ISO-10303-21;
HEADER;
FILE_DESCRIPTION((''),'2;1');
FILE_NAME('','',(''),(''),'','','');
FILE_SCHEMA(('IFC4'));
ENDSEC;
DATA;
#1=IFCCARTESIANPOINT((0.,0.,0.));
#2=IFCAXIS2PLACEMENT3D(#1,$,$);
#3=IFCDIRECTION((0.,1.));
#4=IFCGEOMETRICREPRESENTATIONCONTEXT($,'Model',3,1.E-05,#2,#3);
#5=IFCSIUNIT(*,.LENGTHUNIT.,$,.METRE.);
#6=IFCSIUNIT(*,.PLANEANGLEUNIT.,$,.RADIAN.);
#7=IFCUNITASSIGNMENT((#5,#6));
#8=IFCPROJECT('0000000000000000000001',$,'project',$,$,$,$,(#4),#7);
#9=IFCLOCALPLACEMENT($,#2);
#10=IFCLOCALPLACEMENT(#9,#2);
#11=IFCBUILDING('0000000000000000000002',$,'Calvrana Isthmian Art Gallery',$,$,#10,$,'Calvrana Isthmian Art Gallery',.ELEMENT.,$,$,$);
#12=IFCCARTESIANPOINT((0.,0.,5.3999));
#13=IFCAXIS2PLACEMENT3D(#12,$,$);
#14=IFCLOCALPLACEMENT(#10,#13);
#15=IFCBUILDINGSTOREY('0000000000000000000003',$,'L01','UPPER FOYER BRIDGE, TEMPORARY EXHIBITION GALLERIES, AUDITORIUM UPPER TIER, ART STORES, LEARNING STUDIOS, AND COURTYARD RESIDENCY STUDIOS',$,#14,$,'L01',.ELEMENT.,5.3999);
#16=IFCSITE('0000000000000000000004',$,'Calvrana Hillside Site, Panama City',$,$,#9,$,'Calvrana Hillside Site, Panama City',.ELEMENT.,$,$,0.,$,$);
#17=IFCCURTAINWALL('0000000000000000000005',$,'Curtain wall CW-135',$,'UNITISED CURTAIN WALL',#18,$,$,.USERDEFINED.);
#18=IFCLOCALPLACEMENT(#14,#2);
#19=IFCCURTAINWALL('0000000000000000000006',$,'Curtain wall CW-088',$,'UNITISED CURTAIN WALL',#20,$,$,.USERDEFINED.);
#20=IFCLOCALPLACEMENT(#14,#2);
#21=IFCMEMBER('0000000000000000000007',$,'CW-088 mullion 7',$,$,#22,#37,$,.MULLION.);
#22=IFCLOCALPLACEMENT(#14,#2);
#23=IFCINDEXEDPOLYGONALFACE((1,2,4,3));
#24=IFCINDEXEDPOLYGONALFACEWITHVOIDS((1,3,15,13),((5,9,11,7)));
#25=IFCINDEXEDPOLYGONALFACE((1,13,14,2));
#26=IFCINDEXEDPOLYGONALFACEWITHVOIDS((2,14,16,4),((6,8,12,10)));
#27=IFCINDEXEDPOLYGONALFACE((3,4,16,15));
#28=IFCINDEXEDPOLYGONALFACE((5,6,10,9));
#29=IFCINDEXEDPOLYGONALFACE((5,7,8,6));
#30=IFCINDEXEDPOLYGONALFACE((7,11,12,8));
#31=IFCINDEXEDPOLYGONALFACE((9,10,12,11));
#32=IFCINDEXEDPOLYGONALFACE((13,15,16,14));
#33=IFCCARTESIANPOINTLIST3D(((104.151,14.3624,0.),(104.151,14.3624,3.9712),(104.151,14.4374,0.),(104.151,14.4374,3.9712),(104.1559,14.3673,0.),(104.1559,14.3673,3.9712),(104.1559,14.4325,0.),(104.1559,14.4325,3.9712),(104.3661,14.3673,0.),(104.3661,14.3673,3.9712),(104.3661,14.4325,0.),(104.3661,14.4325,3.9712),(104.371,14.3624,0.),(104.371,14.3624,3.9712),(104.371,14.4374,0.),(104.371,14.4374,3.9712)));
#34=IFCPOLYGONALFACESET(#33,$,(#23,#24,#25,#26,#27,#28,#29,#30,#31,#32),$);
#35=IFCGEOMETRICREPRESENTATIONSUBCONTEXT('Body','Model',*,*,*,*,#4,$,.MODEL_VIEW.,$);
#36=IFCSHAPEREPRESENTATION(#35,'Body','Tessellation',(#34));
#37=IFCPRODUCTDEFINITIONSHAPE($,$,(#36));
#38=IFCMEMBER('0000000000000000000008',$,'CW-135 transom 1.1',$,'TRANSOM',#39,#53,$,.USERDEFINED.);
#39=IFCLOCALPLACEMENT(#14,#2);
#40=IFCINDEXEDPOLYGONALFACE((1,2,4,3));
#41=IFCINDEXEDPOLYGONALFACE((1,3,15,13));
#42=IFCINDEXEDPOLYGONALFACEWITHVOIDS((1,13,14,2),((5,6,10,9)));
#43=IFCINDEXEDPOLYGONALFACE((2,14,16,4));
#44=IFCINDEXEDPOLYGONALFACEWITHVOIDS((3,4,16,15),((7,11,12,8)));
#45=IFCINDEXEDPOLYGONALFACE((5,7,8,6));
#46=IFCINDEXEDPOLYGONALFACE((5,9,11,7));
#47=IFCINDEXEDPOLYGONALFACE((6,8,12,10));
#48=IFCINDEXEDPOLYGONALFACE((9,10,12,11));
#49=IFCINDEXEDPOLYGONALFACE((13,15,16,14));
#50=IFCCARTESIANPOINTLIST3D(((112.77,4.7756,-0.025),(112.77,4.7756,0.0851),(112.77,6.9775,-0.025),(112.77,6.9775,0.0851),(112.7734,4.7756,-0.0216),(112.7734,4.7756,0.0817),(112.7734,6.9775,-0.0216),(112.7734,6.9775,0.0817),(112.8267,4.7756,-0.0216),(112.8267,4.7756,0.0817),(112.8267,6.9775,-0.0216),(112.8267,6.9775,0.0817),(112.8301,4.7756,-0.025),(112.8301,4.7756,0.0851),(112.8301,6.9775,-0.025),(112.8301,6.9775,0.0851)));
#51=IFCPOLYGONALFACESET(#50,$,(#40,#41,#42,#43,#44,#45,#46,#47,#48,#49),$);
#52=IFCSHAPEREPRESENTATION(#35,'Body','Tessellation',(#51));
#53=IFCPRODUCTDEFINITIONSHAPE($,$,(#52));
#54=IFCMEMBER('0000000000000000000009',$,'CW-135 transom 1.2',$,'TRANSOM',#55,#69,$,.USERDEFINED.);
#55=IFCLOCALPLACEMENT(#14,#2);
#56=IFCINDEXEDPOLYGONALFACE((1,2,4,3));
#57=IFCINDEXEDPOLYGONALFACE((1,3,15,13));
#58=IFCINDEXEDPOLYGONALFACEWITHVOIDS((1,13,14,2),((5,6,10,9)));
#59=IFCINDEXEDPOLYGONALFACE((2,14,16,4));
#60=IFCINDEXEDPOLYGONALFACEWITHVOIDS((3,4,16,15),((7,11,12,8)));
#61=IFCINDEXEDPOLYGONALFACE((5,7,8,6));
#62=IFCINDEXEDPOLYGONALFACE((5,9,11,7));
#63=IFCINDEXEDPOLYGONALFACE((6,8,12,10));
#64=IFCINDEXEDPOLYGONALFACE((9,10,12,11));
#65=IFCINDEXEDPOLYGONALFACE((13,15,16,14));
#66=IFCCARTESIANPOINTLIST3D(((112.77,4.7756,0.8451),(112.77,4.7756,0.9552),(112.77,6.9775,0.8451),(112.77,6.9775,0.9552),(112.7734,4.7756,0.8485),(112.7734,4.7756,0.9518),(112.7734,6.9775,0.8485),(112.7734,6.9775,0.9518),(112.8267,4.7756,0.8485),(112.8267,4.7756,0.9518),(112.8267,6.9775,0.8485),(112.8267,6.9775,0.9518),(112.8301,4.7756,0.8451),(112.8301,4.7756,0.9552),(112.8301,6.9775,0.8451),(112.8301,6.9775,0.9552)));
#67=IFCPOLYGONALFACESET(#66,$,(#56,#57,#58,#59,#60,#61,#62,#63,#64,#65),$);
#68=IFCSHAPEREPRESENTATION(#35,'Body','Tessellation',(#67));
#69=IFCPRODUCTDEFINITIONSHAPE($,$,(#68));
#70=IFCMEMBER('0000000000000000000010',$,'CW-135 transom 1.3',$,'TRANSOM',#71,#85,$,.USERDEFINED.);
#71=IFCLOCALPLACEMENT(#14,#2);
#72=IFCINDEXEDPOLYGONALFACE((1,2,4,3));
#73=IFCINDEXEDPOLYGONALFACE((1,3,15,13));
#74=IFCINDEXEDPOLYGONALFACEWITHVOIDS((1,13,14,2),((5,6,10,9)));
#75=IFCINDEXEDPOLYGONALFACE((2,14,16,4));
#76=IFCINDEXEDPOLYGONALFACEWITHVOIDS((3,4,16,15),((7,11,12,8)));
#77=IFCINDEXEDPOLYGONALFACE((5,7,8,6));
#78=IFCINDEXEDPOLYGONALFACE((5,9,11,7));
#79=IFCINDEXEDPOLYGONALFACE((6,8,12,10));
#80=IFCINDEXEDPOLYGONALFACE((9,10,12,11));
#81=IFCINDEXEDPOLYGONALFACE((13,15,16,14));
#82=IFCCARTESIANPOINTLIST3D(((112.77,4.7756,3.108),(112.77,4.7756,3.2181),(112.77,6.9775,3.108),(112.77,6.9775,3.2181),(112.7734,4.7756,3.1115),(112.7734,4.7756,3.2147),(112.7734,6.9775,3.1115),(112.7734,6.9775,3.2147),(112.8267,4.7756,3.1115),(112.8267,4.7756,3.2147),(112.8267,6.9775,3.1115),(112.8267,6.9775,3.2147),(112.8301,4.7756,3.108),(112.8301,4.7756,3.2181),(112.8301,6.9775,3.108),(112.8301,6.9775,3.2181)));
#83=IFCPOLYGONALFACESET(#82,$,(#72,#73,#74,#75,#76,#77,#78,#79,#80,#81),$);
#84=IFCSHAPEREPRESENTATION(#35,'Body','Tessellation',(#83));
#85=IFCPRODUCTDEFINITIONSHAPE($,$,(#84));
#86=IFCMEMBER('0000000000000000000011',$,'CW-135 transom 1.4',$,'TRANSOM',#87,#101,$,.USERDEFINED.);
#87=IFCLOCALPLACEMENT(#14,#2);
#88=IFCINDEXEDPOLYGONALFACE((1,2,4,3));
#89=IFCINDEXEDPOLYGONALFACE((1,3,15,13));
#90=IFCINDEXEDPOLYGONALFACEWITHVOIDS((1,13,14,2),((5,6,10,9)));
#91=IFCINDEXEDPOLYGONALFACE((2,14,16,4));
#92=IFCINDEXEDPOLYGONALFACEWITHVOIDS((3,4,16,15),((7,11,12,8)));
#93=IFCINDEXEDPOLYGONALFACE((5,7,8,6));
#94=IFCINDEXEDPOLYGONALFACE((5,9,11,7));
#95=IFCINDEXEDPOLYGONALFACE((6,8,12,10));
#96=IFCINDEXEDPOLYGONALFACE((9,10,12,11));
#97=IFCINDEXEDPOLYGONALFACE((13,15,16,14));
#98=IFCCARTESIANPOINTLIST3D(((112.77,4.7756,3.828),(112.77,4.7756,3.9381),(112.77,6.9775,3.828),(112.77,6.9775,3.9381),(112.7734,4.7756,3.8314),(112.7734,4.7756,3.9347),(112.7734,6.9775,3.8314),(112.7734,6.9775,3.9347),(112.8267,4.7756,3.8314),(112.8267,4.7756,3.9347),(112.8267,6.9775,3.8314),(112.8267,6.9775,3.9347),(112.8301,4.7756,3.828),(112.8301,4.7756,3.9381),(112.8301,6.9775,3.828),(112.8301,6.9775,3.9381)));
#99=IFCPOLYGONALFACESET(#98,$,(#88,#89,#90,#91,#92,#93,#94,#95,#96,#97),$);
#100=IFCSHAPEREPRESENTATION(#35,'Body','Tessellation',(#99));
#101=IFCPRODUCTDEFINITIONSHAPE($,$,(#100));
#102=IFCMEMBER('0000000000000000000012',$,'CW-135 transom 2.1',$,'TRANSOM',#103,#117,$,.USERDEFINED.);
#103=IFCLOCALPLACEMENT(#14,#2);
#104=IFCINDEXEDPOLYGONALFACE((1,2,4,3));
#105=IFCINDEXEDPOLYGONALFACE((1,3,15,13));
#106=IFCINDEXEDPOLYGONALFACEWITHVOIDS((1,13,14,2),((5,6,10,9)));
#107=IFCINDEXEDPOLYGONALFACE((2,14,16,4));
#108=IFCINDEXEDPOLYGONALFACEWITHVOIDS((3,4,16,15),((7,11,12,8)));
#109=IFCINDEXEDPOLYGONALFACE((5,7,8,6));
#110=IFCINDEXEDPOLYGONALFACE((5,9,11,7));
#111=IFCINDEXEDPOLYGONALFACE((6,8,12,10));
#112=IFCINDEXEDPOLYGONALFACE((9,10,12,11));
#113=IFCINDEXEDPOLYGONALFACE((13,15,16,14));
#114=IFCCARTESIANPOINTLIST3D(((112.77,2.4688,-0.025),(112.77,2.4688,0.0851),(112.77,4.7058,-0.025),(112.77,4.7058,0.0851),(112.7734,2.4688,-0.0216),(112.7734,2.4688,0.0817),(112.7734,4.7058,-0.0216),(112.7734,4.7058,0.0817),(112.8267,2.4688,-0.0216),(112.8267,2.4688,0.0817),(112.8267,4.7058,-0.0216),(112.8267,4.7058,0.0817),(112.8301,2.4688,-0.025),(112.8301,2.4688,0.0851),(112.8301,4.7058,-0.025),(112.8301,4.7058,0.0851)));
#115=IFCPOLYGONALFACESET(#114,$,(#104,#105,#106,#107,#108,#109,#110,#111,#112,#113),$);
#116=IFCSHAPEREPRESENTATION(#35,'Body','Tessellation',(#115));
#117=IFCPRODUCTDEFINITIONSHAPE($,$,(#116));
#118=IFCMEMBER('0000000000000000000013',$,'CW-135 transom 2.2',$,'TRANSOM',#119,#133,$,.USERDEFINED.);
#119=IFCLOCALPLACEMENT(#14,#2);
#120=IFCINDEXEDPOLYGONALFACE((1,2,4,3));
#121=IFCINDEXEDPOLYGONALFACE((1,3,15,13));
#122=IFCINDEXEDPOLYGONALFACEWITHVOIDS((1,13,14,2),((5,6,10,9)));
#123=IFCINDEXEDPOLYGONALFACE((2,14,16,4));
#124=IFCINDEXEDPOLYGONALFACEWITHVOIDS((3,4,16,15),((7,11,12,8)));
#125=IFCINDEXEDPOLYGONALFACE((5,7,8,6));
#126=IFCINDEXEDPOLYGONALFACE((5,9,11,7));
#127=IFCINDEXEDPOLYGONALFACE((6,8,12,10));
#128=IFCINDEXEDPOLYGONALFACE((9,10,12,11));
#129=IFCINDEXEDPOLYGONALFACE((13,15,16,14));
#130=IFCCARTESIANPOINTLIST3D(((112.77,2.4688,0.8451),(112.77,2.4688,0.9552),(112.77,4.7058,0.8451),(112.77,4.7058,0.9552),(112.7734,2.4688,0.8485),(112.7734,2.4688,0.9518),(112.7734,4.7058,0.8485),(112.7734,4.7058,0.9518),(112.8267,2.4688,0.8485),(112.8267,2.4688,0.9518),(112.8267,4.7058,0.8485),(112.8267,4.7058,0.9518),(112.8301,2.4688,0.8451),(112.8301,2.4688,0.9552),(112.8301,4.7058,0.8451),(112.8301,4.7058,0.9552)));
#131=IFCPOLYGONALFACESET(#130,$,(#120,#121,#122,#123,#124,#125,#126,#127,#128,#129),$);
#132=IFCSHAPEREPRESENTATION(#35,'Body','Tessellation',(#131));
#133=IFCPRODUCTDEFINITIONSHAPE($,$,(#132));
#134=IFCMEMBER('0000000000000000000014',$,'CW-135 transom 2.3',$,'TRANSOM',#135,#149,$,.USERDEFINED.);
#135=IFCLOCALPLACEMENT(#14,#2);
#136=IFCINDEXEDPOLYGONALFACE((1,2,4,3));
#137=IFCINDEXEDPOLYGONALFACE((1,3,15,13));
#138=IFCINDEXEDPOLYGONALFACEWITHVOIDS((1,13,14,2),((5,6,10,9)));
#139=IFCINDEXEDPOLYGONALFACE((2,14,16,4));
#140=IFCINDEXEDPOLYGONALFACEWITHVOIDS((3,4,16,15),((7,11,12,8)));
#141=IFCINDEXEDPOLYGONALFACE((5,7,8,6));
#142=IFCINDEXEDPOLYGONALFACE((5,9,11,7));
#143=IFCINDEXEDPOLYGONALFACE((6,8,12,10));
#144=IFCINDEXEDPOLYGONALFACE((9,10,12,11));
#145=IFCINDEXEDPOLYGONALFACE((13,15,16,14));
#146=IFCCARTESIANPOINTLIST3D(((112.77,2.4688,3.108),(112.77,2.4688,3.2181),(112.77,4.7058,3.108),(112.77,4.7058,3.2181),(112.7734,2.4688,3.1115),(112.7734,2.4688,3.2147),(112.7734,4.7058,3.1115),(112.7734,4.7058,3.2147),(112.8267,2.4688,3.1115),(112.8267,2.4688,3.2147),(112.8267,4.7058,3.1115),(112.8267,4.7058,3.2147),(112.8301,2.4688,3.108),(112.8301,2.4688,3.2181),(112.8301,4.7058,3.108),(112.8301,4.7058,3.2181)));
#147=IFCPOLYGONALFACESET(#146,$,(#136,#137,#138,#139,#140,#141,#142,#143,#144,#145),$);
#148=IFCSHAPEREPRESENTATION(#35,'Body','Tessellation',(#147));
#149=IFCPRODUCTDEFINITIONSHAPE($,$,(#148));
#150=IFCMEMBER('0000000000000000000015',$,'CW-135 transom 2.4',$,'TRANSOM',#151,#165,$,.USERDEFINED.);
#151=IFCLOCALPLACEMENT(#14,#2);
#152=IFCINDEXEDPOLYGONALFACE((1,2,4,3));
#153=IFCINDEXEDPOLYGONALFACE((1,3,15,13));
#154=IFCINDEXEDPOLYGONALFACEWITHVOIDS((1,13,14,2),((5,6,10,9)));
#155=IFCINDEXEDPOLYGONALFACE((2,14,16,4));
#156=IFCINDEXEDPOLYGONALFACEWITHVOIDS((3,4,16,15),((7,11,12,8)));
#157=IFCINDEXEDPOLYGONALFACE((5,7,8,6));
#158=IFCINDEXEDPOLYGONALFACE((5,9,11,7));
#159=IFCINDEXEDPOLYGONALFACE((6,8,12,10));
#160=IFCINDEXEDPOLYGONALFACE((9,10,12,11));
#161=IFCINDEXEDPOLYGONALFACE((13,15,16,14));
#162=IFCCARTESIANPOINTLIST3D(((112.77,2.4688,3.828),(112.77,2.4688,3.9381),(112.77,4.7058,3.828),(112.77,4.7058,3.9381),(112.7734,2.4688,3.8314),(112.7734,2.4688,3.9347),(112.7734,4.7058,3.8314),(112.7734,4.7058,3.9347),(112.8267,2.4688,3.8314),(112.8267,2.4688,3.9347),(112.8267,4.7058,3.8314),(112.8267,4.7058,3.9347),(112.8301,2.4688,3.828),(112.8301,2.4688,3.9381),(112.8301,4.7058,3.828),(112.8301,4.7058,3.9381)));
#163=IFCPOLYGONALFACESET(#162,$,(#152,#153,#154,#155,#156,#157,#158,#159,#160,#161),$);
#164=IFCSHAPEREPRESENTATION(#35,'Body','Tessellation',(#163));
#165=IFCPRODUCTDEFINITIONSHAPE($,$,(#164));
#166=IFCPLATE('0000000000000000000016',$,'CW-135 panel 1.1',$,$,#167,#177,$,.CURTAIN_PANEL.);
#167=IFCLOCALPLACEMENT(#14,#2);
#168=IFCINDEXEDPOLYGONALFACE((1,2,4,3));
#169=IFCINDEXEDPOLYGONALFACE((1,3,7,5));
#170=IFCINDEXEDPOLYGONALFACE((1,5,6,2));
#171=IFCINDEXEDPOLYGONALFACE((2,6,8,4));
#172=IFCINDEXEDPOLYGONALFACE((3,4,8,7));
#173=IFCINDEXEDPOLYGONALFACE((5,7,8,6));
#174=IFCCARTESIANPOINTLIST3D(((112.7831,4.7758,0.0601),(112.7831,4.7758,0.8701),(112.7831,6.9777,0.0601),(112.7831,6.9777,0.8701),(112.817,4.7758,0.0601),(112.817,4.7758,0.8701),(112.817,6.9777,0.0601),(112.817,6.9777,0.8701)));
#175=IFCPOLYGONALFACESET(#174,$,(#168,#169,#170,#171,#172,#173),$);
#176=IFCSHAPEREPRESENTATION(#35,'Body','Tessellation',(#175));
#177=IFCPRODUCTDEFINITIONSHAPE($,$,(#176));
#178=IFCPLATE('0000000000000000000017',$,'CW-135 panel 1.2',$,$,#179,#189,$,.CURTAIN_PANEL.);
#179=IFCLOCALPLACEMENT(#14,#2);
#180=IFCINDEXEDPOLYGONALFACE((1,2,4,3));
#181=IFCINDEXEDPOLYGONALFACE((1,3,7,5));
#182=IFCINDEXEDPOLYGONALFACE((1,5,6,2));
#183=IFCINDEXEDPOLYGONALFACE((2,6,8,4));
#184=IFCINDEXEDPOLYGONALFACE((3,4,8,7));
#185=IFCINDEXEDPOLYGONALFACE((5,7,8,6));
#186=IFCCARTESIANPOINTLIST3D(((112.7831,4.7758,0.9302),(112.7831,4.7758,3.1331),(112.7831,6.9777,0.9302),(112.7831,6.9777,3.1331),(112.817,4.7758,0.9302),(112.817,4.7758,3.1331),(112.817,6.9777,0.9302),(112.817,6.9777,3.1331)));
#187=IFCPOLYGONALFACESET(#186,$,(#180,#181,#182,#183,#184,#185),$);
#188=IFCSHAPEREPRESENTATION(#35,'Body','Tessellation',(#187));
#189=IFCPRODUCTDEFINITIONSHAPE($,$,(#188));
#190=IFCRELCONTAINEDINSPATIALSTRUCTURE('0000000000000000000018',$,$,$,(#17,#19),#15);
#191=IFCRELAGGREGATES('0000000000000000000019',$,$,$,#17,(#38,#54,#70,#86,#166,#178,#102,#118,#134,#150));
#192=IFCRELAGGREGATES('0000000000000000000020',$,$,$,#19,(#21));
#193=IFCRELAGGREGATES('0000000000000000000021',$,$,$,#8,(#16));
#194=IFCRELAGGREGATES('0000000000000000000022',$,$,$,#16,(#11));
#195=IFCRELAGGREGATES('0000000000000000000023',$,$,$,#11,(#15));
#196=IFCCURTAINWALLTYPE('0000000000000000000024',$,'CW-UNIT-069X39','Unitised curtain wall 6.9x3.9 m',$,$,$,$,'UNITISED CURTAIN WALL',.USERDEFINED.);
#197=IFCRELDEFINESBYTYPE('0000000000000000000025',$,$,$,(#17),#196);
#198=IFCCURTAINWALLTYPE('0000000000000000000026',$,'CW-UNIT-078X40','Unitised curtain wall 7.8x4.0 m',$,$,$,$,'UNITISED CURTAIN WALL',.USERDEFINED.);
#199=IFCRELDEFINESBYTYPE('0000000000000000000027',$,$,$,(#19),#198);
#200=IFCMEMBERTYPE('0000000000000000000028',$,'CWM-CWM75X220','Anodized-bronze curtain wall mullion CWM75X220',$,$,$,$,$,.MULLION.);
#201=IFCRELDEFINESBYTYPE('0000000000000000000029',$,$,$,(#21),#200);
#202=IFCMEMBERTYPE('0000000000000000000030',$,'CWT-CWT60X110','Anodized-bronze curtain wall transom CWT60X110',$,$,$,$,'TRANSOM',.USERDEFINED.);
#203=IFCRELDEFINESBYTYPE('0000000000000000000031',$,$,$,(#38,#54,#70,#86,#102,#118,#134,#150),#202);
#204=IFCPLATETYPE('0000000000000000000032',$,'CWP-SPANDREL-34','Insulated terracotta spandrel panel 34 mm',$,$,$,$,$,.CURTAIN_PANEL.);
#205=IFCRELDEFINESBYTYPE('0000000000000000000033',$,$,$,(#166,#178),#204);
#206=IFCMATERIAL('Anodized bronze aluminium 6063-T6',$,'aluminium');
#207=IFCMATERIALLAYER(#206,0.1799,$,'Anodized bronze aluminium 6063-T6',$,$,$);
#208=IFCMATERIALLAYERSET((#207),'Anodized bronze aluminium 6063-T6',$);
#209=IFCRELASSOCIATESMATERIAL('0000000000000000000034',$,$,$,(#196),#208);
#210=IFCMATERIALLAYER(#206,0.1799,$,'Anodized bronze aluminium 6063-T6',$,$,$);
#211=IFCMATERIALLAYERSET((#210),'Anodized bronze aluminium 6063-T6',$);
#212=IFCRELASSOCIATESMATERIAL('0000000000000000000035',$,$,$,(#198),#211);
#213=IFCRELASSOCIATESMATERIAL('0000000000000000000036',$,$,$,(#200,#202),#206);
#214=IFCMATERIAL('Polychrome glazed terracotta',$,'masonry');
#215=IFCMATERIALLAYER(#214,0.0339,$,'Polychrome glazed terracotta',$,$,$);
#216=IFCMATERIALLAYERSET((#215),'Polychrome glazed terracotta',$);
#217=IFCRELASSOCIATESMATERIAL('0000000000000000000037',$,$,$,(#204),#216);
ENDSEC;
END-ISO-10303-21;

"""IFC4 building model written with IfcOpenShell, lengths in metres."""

from ifc_helpers import new_model, si_unit, direction, frame, origin, origin_2d, place, context, subcontext, project, spatial, rectangle, hollow_rectangle, extrude, material, layer, layer_set, material_profile, profile_set, type_object, element, aggregate, save


model = new_model("IFC4")

# Units and contexts
model_context = context("Model", 3, precision=1e-05, world=origin(), true_north=direction((0.0, 1.0)))
body_context = subcontext(model_context, "Body", "Model", "MODEL_VIEW")
ifc_project = project(units=[si_unit("LENGTHUNIT", "METRE"), si_unit("PLANEANGLEUNIT", "RADIAN")], contexts=[model_context])

# Site, building, storey
site_placement = place(None, origin())
site = spatial("IfcSite", under=ifc_project, at=site_placement, Name="Calvrana Hillside Site, Panama City", LongName="Calvrana Hillside Site, Panama City", CompositionType="ELEMENT", RefElevation=0.0)
building_placement = place(site_placement, origin())
building = spatial("IfcBuilding", under=site, at=building_placement, Name="Calvrana Isthmian Art Gallery", LongName="Calvrana Isthmian Art Gallery", CompositionType="ELEMENT")
storey_placement = place(building_placement, frame((0.0, 0.0, 5.3999)))
storey = spatial("IfcBuildingStorey", under=building, at=storey_placement, Name="L01", Description="UPPER FOYER BRIDGE, TEMPORARY EXHIBITION GALLERIES, AUDITORIUM UPPER TIER, ART STORES, LEARNING STUDIOS, AND COURTYARD RESIDENCY STUDIOS", LongName="L01", CompositionType="ELEMENT", Elevation=5.3999)

# Curtain wall
ifc_material_1 = material(Name="Anodized bronze aluminium 6063-T6", Category="aluminium")
ifc_layer_1 = layer(ifc_material_1, 0.1799, Name="Anodized bronze aluminium 6063-T6")
ifc_layer_set_1 = layer_set([ifc_layer_1], Name="Anodized bronze aluminium 6063-T6")
curtain_wall_type_1 = type_object("IfcCurtainWallType", Name="CW-UNIT-069X39", Description="Unitised curtain wall 6.9x3.9 m", ElementType="UNITISED CURTAIN WALL", PredefinedType="USERDEFINED", material=ifc_layer_set_1)
curtain_wall_1_placement = place(storey_placement, origin())
curtain_wall_1 = element("IfcCurtainWall", 1, at=curtain_wall_1_placement, inside=storey, type_object=curtain_wall_type_1, Name="Curtain wall CW-135", ObjectType="UNITISED CURTAIN WALL", PredefinedType="USERDEFINED")

# Curtain wall, member
ifc_layer_2 = layer(ifc_material_1, 0.1799, Name="Anodized bronze aluminium 6063-T6")
ifc_layer_set_2 = layer_set([ifc_layer_2], Name="Anodized bronze aluminium 6063-T6")
curtain_wall_type_2 = type_object("IfcCurtainWallType", Name="CW-UNIT-078X40", Description="Unitised curtain wall 7.8x4.0 m", ElementType="UNITISED CURTAIN WALL", PredefinedType="USERDEFINED", material=ifc_layer_set_2)
curtain_wall_2_placement = place(storey_placement, origin())
curtain_wall_2 = element("IfcCurtainWall", 2, at=curtain_wall_2_placement, inside=storey, type_object=curtain_wall_type_2, Name="Curtain wall CW-088", ObjectType="UNITISED CURTAIN WALL", PredefinedType="USERDEFINED")
ifc_material_profile_1 = material_profile(ifc_material_1, hollow_rectangle(XDim=0.075, YDim=0.22, WallThickness=0.0049, at=origin_2d()), Name="CWM75X220")
ifc_profile_set_1 = profile_set([ifc_material_profile_1], Name="Anodized bronze aluminium 6063-T6")
member_type_1 = type_object("IfcMemberType", Name="CWM-CWM75X220", Description="Anodized-bronze curtain wall mullion CWM75X220", PredefinedType="MULLION", material=ifc_profile_set_1)
member_1_placement = place(storey_placement, frame((104.261, 14.3999, 0.0), z_axis=(0.0, 0.0, 1.0), x_axis=(0.0, 1.0, 0.0)))
member_1 = element("IfcMember", 3, at=member_1_placement, type_object=member_type_1, Name="CW-088 mullion 7", PredefinedType="MULLION", context=body_context, shape_type="SweptSolid", body=[
    extrude(hollow_rectangle(XDim=0.075, YDim=0.22, WallThickness=0.0049, at=origin_2d()), origin(), (0.0, 0.0, 1.0), 3.9712),
])

# Members
ifc_material_profile_2 = material_profile(ifc_material_1, hollow_rectangle(XDim=0.0601, YDim=0.1101, WallThickness=0.0034, at=origin_2d()), Name="CWT60X110")
ifc_profile_set_2 = profile_set([ifc_material_profile_2], Name="Anodized bronze aluminium 6063-T6")
member_type_2 = type_object("IfcMemberType", Name="CWT-CWT60X110", Description="Anodized-bronze curtain wall transom CWT60X110", ElementType="TRANSOM", PredefinedType="USERDEFINED", material=ifc_profile_set_2)
member_2_placement = place(storey_placement, frame((112.8, 6.9775, 0.03), z_axis=(0.0, -1.0, 0.0), x_axis=(1.0, 0.0, 0.0)))
member_2 = element("IfcMember", 4, at=member_2_placement, type_object=member_type_2, Name="CW-135 transom 1.1", ObjectType="TRANSOM", PredefinedType="USERDEFINED", context=body_context, shape_type="SweptSolid", body=[
    extrude(hollow_rectangle(XDim=0.0601, YDim=0.1101, WallThickness=0.0034, at=origin_2d()), origin(), (0.0, 0.0, 1.0), 2.2019),
])
member_3_placement = place(storey_placement, frame((112.8, 6.9775, 0.9001), z_axis=(0.0, -1.0, 0.0), x_axis=(1.0, 0.0, 0.0)))
member_3 = element("IfcMember", 5, at=member_3_placement, type_object=member_type_2, Name="CW-135 transom 1.2", ObjectType="TRANSOM", PredefinedType="USERDEFINED", context=body_context, shape_type="SweptSolid", body=[
    extrude(hollow_rectangle(XDim=0.0601, YDim=0.1101, WallThickness=0.0034, at=origin_2d()), origin(), (0.0, 0.0, 1.0), 2.2019),
])
member_4_placement = place(storey_placement, frame((112.8, 6.9775, 3.1631), z_axis=(0.0, -1.0, 0.0), x_axis=(1.0, 0.0, 0.0)))
member_4 = element("IfcMember", 6, at=member_4_placement, type_object=member_type_2, Name="CW-135 transom 1.3", ObjectType="TRANSOM", PredefinedType="USERDEFINED", context=body_context, shape_type="SweptSolid", body=[
    extrude(hollow_rectangle(XDim=0.0601, YDim=0.1101, WallThickness=0.0034, at=origin_2d()), origin(), (0.0, 0.0, 1.0), 2.2019),
])
member_5_placement = place(storey_placement, frame((112.8, 6.9775, 3.8831), z_axis=(0.0, -1.0, 0.0), x_axis=(1.0, 0.0, 0.0)))
member_5 = element("IfcMember", 7, at=member_5_placement, type_object=member_type_2, Name="CW-135 transom 1.4", ObjectType="TRANSOM", PredefinedType="USERDEFINED", context=body_context, shape_type="SweptSolid", body=[
    extrude(hollow_rectangle(XDim=0.0601, YDim=0.1101, WallThickness=0.0034, at=origin_2d()), origin(), (0.0, 0.0, 1.0), 2.2019),
])
member_6_placement = place(storey_placement, frame((112.8, 4.7058, 0.03), z_axis=(0.0, -1.0, 0.0), x_axis=(1.0, 0.0, 0.0)))
member_6 = element("IfcMember", 8, at=member_6_placement, type_object=member_type_2, Name="CW-135 transom 2.1", ObjectType="TRANSOM", PredefinedType="USERDEFINED", context=body_context, shape_type="SweptSolid", body=[
    extrude(hollow_rectangle(XDim=0.0601, YDim=0.1101, WallThickness=0.0034, at=origin_2d()), origin(), (0.0, 0.0, 1.0), 2.2371),
])
member_7_placement = place(storey_placement, frame((112.8, 4.7058, 0.9001), z_axis=(0.0, -1.0, 0.0), x_axis=(1.0, 0.0, 0.0)))
member_7 = element("IfcMember", 9, at=member_7_placement, type_object=member_type_2, Name="CW-135 transom 2.2", ObjectType="TRANSOM", PredefinedType="USERDEFINED", context=body_context, shape_type="SweptSolid", body=[
    extrude(hollow_rectangle(XDim=0.0601, YDim=0.1101, WallThickness=0.0034, at=origin_2d()), origin(), (0.0, 0.0, 1.0), 2.2371),
])
member_8_placement = place(storey_placement, frame((112.8, 4.7058, 3.1631), z_axis=(0.0, -1.0, 0.0), x_axis=(1.0, 0.0, 0.0)))
member_8 = element("IfcMember", 10, at=member_8_placement, type_object=member_type_2, Name="CW-135 transom 2.3", ObjectType="TRANSOM", PredefinedType="USERDEFINED", context=body_context, shape_type="SweptSolid", body=[
    extrude(hollow_rectangle(XDim=0.0601, YDim=0.1101, WallThickness=0.0034, at=origin_2d()), origin(), (0.0, 0.0, 1.0), 2.2371),
])
member_9_placement = place(storey_placement, frame((112.8, 4.7058, 3.8831), z_axis=(0.0, -1.0, 0.0), x_axis=(1.0, 0.0, 0.0)))
member_9 = element("IfcMember", 11, at=member_9_placement, type_object=member_type_2, Name="CW-135 transom 2.4", ObjectType="TRANSOM", PredefinedType="USERDEFINED", context=body_context, shape_type="SweptSolid", body=[
    extrude(hollow_rectangle(XDim=0.0601, YDim=0.1101, WallThickness=0.0034, at=origin_2d()), origin(), (0.0, 0.0, 1.0), 2.2371),
])

# Plates
ifc_material_2 = material(Name="Polychrome glazed terracotta", Category="masonry")
ifc_layer_3 = layer(ifc_material_2, 0.0339, Name="Polychrome glazed terracotta")
ifc_layer_set_3 = layer_set([ifc_layer_3], Name="Polychrome glazed terracotta")
plate_type_1 = type_object("IfcPlateType", Name="CWP-SPANDREL-34", Description="Insulated terracotta spandrel panel 34 mm", PredefinedType="CURTAIN_PANEL", material=ifc_layer_set_3)
plate_1_placement = place(storey_placement, frame((112.8, 5.8767, 0.0601), z_axis=(0.0, 0.0, 1.0), x_axis=(0.0, -1.0, 0.0)))
plate_1 = element("IfcPlate", 12, at=plate_1_placement, type_object=plate_type_1, Name="CW-135 panel 1.1", PredefinedType="CURTAIN_PANEL", context=body_context, shape_type="SweptSolid", body=[
    extrude(rectangle(XDim=2.2019, YDim=0.0339, at=origin_2d()), origin(), (0.0, 0.0, 1.0), 0.8101),
])
plate_2_placement = place(storey_placement, frame((112.8, 5.8767, 0.9302), z_axis=(0.0, 0.0, 1.0), x_axis=(0.0, -1.0, 0.0)))
plate_2 = element("IfcPlate", 13, at=plate_2_placement, type_object=plate_type_1, Name="CW-135 panel 1.2", PredefinedType="CURTAIN_PANEL", context=body_context, shape_type="SweptSolid", body=[
    extrude(rectangle(XDim=2.2019, YDim=0.0339, at=origin_2d()), origin(), (0.0, 0.0, 1.0), 2.2029),
])
aggregate(curtain_wall_1, [member_2, member_3, member_4, member_5, plate_1, plate_2, member_6, member_7, member_8, member_9])
aggregate(curtain_wall_2, [member_1])

save(model, "model.ifc")
